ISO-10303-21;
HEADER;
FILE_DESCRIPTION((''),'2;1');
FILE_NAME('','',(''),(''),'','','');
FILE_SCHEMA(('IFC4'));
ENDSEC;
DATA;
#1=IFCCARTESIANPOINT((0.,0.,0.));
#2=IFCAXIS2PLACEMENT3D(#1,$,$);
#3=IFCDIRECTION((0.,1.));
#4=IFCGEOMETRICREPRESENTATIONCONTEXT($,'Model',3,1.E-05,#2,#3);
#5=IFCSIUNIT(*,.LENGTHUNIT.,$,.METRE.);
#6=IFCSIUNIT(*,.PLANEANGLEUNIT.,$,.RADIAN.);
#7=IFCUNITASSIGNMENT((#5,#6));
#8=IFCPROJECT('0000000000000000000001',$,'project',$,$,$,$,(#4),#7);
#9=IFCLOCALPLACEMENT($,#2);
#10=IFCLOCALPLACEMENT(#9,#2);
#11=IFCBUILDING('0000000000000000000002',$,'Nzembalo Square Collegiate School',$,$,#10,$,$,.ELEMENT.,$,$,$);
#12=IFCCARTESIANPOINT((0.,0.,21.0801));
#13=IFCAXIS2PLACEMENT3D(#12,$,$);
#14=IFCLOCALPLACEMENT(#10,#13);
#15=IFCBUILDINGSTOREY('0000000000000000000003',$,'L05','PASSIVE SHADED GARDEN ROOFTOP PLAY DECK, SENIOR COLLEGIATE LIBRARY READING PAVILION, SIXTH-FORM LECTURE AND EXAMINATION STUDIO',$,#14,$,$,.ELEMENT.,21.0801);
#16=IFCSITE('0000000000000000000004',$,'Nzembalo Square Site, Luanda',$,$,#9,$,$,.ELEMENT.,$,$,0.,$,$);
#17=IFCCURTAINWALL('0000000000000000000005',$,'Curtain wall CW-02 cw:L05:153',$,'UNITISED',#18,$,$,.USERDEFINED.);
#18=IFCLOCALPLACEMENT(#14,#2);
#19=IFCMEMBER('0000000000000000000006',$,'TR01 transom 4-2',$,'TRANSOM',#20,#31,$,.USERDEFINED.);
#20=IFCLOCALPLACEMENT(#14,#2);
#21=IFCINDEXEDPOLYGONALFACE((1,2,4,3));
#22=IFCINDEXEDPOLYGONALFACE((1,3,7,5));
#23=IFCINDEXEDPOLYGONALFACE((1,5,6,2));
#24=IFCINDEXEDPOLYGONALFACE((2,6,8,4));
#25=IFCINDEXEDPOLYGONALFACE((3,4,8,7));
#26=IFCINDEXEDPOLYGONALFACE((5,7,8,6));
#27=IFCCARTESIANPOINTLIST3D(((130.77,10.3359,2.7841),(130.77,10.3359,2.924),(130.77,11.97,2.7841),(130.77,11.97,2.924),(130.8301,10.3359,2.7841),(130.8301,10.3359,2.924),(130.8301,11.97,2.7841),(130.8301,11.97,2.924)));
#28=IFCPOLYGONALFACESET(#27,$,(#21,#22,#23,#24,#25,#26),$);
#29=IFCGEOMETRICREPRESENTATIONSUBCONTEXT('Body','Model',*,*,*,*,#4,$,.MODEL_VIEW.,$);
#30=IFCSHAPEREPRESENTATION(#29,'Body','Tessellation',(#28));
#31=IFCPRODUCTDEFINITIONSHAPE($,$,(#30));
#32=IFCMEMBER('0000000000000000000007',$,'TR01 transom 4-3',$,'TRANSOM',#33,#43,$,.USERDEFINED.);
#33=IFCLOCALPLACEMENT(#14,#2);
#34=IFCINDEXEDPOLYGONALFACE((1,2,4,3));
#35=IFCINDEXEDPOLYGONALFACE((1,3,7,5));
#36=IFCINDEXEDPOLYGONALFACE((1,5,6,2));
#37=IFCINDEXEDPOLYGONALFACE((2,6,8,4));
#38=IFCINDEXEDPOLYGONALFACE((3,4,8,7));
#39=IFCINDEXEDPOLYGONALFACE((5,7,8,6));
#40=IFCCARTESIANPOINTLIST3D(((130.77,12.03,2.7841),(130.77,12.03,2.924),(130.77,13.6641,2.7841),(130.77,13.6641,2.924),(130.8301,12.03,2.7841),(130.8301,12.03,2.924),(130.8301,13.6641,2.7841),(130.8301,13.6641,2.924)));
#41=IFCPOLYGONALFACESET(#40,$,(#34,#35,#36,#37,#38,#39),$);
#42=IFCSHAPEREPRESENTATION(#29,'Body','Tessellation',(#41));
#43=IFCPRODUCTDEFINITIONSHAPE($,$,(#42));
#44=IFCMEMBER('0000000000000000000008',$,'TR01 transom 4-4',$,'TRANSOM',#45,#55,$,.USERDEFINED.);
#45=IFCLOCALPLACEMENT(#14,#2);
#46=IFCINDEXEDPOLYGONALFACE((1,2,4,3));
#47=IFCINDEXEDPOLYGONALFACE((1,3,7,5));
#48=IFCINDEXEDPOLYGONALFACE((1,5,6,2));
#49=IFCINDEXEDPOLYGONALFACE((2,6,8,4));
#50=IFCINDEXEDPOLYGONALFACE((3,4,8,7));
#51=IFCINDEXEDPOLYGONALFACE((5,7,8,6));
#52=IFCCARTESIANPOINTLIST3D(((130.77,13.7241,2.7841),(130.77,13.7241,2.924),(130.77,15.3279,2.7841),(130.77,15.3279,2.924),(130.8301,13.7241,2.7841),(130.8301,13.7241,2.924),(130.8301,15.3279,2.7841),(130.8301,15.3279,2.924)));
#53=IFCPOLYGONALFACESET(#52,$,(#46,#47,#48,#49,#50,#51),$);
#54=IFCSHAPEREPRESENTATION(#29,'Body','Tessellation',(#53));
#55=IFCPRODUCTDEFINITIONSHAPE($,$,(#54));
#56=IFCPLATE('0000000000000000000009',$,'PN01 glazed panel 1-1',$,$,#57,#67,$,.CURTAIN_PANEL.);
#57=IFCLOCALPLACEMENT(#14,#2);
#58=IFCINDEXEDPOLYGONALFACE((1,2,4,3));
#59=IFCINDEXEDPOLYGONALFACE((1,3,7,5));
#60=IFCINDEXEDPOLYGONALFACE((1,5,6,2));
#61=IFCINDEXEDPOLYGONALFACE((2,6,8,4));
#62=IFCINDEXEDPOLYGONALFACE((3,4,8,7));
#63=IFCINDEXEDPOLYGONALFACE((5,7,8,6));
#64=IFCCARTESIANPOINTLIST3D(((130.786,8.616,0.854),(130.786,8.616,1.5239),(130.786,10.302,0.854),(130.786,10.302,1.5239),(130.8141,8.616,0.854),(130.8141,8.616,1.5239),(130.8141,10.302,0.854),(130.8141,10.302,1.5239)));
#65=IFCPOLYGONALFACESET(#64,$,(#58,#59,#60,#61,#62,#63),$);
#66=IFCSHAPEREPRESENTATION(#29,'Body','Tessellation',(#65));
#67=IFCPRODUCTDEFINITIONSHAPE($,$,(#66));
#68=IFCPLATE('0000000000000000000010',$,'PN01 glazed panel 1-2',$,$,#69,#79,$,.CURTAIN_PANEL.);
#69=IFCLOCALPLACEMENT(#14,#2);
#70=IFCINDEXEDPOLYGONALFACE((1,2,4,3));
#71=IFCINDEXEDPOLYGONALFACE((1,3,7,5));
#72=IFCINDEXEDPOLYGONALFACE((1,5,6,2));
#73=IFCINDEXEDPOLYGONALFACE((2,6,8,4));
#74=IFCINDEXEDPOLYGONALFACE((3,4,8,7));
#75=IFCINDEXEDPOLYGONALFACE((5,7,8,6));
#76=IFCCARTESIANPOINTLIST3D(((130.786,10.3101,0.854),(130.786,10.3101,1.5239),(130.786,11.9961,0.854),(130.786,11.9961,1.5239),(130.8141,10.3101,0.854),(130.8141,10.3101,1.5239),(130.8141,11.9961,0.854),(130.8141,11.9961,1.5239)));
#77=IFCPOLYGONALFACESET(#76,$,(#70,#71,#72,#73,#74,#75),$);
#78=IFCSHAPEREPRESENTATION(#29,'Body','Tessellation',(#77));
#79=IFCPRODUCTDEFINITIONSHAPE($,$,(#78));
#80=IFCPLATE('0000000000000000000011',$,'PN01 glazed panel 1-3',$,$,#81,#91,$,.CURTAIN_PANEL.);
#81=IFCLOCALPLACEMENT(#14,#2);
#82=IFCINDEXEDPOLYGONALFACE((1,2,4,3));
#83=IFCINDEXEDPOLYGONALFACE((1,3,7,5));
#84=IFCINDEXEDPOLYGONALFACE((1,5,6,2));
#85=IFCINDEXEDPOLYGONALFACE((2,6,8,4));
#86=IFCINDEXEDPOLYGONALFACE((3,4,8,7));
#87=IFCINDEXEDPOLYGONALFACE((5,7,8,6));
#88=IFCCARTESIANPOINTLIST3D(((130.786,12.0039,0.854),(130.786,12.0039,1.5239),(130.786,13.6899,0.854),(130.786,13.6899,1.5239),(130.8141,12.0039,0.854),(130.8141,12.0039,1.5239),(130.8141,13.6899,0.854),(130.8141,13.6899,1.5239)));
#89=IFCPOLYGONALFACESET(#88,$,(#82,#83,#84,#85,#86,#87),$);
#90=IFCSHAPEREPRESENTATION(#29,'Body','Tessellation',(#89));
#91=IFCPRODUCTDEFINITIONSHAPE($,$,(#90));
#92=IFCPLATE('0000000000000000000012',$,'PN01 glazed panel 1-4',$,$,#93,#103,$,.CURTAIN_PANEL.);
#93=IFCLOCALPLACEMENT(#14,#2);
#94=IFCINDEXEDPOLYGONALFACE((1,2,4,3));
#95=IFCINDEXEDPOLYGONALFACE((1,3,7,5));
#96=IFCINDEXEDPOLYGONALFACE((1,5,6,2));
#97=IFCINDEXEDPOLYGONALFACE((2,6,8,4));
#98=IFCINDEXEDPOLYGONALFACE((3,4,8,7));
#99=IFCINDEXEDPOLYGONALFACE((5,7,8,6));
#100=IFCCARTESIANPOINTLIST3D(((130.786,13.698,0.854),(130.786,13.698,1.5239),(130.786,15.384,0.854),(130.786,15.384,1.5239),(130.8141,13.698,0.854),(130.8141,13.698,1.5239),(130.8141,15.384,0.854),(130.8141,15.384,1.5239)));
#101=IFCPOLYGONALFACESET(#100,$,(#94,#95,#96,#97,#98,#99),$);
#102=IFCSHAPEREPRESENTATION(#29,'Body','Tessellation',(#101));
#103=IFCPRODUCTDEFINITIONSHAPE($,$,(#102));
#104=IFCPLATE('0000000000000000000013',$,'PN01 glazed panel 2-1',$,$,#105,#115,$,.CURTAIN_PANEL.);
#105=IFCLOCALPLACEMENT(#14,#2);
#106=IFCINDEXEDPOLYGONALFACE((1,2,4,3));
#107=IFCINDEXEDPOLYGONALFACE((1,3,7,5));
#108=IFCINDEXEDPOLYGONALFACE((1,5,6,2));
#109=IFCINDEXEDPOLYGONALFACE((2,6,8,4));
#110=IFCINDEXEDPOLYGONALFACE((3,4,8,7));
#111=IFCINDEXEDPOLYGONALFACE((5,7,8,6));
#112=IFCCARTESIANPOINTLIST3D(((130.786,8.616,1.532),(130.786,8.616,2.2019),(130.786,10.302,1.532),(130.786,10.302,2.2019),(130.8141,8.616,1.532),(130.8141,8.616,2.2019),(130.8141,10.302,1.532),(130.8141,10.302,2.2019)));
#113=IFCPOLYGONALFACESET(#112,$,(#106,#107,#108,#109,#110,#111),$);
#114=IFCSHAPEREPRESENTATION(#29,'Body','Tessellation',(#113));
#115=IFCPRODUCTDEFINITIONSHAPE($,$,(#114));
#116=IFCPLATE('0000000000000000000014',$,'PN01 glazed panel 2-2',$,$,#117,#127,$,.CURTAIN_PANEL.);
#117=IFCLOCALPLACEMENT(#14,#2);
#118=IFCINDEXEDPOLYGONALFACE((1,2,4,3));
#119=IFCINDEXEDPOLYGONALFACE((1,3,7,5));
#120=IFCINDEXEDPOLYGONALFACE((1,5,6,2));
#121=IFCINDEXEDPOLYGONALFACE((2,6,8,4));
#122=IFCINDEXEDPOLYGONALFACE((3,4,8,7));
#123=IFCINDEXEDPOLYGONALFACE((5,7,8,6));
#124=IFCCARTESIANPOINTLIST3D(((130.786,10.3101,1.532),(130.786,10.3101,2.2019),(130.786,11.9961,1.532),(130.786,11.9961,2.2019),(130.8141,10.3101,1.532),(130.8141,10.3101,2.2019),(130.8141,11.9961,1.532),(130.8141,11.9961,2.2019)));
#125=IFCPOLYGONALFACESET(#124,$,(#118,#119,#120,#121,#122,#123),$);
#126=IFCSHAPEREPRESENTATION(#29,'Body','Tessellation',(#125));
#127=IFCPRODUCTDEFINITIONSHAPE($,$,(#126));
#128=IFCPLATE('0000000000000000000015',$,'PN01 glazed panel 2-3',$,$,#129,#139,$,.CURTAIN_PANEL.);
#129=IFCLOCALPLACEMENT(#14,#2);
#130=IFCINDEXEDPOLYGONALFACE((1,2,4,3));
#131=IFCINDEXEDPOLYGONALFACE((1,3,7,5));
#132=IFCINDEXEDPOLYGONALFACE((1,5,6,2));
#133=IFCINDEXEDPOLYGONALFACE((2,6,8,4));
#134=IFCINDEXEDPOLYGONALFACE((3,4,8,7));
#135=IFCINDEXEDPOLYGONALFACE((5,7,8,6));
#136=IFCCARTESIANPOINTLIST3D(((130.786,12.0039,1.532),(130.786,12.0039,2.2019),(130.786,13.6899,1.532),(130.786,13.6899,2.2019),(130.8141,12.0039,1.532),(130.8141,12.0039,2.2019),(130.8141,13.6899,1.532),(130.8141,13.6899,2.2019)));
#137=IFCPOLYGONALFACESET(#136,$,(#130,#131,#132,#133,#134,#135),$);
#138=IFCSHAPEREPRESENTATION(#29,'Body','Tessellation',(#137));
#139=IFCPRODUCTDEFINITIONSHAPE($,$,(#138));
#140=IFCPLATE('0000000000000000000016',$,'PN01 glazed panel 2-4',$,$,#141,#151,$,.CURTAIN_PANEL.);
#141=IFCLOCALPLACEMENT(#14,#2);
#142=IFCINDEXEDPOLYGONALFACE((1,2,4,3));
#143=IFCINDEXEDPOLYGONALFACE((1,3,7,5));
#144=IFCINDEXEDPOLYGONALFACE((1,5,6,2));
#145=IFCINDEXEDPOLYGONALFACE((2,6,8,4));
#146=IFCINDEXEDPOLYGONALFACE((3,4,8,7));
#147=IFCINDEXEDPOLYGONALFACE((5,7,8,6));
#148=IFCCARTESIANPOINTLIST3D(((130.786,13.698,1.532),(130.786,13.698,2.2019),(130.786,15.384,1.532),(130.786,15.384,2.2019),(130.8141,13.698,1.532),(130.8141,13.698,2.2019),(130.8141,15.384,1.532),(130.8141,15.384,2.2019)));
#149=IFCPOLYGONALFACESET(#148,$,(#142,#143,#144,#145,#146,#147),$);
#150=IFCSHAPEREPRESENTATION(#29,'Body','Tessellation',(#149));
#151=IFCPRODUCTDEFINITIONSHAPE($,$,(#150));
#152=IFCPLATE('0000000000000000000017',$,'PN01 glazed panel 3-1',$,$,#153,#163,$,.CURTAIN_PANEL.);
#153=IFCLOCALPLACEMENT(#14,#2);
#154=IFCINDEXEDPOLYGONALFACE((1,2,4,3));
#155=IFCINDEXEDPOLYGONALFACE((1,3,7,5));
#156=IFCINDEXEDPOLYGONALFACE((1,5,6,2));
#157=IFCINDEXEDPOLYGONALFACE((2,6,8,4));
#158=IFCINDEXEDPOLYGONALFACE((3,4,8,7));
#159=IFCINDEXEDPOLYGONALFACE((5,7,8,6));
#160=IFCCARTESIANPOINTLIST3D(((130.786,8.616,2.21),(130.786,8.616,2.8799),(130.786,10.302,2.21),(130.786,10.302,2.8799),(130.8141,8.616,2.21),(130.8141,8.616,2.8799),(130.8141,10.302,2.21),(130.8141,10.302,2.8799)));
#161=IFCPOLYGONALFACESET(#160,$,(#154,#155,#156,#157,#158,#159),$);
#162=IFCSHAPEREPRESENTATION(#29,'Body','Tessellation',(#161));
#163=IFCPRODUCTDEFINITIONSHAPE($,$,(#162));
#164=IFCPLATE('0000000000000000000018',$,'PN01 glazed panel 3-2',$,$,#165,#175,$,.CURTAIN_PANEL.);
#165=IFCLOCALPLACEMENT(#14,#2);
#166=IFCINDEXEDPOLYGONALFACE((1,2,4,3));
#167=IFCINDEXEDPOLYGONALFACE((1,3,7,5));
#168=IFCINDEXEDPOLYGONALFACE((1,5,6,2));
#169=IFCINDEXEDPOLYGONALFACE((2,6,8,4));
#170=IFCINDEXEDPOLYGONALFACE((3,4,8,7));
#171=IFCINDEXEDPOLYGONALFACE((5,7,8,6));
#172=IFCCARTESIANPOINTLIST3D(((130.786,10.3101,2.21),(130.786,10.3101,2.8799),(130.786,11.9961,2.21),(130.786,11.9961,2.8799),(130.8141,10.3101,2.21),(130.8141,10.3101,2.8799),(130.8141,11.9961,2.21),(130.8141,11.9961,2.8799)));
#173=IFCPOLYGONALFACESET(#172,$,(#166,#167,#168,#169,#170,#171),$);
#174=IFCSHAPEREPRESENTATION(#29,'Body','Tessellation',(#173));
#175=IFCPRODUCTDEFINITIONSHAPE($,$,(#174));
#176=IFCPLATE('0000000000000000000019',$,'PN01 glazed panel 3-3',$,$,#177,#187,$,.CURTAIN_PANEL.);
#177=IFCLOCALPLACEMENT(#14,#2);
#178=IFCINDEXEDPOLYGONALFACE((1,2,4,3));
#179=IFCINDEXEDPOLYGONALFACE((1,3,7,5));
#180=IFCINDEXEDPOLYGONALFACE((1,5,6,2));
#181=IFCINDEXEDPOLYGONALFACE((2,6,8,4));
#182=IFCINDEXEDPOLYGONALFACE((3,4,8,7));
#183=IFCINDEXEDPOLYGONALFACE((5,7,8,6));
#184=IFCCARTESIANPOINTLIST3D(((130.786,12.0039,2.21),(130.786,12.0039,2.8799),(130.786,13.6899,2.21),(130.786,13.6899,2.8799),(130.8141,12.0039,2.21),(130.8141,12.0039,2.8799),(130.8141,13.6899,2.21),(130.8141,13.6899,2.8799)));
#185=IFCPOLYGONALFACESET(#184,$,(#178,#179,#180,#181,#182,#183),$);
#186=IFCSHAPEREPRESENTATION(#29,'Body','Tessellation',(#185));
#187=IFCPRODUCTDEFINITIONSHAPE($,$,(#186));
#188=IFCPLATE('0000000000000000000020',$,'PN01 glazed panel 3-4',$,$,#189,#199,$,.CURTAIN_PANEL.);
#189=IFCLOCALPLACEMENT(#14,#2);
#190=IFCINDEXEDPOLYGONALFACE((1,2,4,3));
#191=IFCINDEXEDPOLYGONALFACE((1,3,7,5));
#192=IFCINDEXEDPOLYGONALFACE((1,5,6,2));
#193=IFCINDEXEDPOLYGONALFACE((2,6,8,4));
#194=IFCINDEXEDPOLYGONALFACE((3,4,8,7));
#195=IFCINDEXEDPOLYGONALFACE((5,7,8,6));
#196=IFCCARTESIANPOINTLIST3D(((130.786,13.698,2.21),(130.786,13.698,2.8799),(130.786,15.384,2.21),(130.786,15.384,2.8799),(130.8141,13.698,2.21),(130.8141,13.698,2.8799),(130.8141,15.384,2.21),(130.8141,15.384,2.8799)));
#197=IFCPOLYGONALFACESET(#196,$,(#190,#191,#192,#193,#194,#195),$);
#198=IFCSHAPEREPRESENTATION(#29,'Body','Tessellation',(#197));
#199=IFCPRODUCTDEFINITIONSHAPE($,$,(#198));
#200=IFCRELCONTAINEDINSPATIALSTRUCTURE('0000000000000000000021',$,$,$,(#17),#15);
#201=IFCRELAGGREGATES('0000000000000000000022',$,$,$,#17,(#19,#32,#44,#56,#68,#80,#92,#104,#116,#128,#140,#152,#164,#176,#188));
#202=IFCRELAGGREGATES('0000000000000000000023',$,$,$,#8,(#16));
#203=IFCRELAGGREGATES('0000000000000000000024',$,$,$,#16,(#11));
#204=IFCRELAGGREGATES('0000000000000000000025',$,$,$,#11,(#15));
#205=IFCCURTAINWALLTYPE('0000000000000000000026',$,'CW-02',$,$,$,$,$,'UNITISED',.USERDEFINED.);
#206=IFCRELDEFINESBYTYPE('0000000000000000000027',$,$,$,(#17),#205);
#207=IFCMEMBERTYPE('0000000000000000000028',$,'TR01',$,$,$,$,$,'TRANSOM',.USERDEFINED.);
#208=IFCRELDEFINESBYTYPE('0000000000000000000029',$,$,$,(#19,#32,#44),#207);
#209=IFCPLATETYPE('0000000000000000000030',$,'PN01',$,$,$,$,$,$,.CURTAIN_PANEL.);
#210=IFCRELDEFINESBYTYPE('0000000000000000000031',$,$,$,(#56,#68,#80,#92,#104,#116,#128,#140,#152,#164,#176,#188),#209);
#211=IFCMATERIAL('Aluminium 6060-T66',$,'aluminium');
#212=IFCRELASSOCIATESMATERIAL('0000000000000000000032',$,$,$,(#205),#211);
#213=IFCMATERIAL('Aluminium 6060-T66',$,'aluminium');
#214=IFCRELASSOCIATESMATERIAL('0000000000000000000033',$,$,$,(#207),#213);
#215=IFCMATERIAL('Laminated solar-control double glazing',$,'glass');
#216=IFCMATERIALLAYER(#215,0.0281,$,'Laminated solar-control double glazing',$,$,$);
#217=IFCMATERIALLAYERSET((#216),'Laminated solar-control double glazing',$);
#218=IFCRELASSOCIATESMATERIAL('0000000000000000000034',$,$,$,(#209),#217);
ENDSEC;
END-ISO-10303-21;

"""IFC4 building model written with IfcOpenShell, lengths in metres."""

from ifc_helpers import new_model, si_unit, direction, frame, origin, origin_2d, place, context, subcontext, project, spatial, rectangle, extrude, material, layer, layer_set, material_profile, profile_set, type_object, element, aggregate, save


model = new_model("IFC4")

# Units and contexts
model_context = context("Model", 3, precision=1e-05, world=origin(), true_north=direction((0.0, 1.0)))
body_context = subcontext(model_context, "Body", "Model", "MODEL_VIEW")
ifc_project = project(units=[si_unit("LENGTHUNIT", "METRE"), si_unit("PLANEANGLEUNIT", "RADIAN")], contexts=[model_context])

# Site, building, storey
site_placement = place(None, origin())
site = spatial("IfcSite", under=ifc_project, at=site_placement, Name="Nzembalo Square Site, Luanda", CompositionType="ELEMENT", RefElevation=0.0)
building_placement = place(site_placement, origin())
building = spatial("IfcBuilding", under=site, at=building_placement, Name="Nzembalo Square Collegiate School", CompositionType="ELEMENT")
storey_placement = place(building_placement, frame((0.0, 0.0, 21.0801)))
storey = spatial("IfcBuildingStorey", under=building, at=storey_placement, Name="L05", Description="PASSIVE SHADED GARDEN ROOFTOP PLAY DECK, SENIOR COLLEGIATE LIBRARY READING PAVILION, SIXTH-FORM LECTURE AND EXAMINATION STUDIO", CompositionType="ELEMENT", Elevation=21.0801)

# Curtain wall, members, plates
ifc_material_1 = material(Name="Aluminium 6060-T66", Category="aluminium")
curtain_wall_type = type_object("IfcCurtainWallType", Name="CW-02", ElementType="UNITISED", PredefinedType="USERDEFINED", material=ifc_material_1)
curtain_wall_placement = place(storey_placement, origin())
curtain_wall = element("IfcCurtainWall", 1, at=curtain_wall_placement, inside=storey, type_object=curtain_wall_type, Name="Curtain wall CW-02 cw:L05:153", ObjectType="UNITISED", PredefinedType="USERDEFINED")
ifc_material_2 = material(Name="Aluminium 6060-T66", Category="aluminium")
ifc_material_profile_1 = material_profile(ifc_material_2, rectangle(XDim=0.0601, YDim=0.1399, at=origin_2d()), Name="ALU T60x140")
ifc_profile_set_1 = profile_set([ifc_material_profile_1], Name="Aluminium 6060-T66")
member_type_1 = type_object("IfcMemberType", Name="TR01", ElementType="TRANSOM", PredefinedType="USERDEFINED", material=ifc_profile_set_1)
member_1_placement = place(storey_placement, frame((130.8, 10.3359, 2.854), z_axis=(0.0, 1.0, 0.0), x_axis=(-1.0, 0.0, 0.0)))
member_1 = element("IfcMember", 2, at=member_1_placement, type_object=member_type_1, Name="TR01 transom 4-2", ObjectType="TRANSOM", PredefinedType="USERDEFINED", context=body_context, shape_type="SweptSolid", body=[
    extrude(rectangle(XDim=0.0601, YDim=0.1399, at=origin_2d()), origin(), (0.0, 0.0, 1.0), 1.634),
])
member_2_placement = place(storey_placement, frame((130.8, 12.03, 2.854), z_axis=(0.0, 1.0, 0.0), x_axis=(-1.0, 0.0, 0.0)))
member_2 = element("IfcMember", 3, at=member_2_placement, type_object=member_type_1, Name="TR01 transom 4-3", ObjectType="TRANSOM", PredefinedType="USERDEFINED", context=body_context, shape_type="SweptSolid", body=[
    extrude(rectangle(XDim=0.0601, YDim=0.1399, at=origin_2d()), origin(), (0.0, 0.0, 1.0), 1.634),
])
member_3_placement = place(storey_placement, frame((130.8, 13.7241, 2.854), z_axis=(0.0, 1.0, 0.0), x_axis=(-1.0, 0.0, 0.0)))
member_3 = element("IfcMember", 4, at=member_3_placement, type_object=member_type_1, Name="TR01 transom 4-4", ObjectType="TRANSOM", PredefinedType="USERDEFINED", context=body_context, shape_type="SweptSolid", body=[
    extrude(rectangle(XDim=0.0601, YDim=0.1399, at=origin_2d()), origin(), (0.0, 0.0, 1.0), 1.6038),
])
ifc_material_3 = material(Name="Laminated solar-control double glazing", Category="glass")
ifc_layer_1 = layer(ifc_material_3, 0.0281, Name="Laminated solar-control double glazing")
ifc_layer_set_1 = layer_set([ifc_layer_1], Name="Laminated solar-control double glazing")
plate_type = type_object("IfcPlateType", Name="PN01", PredefinedType="CURTAIN_PANEL", material=ifc_layer_set_1)
plate_1_placement = place(storey_placement, frame((130.8, 9.459, 0.854), z_axis=(0.0, 0.0, 1.0), x_axis=(0.0, 1.0, 0.0)))
plate_1 = element("IfcPlate", 5, at=plate_1_placement, type_object=plate_type, Name="PN01 glazed panel 1-1", PredefinedType="CURTAIN_PANEL", context=body_context, shape_type="SweptSolid", body=[
    extrude(rectangle(XDim=1.686, YDim=0.0281, at=origin_2d()), origin(), (0.0, 0.0, 1.0), 0.6699),
])
plate_2_placement = place(storey_placement, frame((130.8, 11.1531, 0.854), z_axis=(0.0, 0.0, 1.0), x_axis=(0.0, 1.0, 0.0)))
plate_2 = element("IfcPlate", 6, at=plate_2_placement, type_object=plate_type, Name="PN01 glazed panel 1-2", PredefinedType="CURTAIN_PANEL", context=body_context, shape_type="SweptSolid", body=[
    extrude(rectangle(XDim=1.686, YDim=0.0281, at=origin_2d()), origin(), (0.0, 0.0, 1.0), 0.6699),
])
plate_3_placement = place(storey_placement, frame((130.8, 12.8469, 0.854), z_axis=(0.0, 0.0, 1.0), x_axis=(0.0, 1.0, 0.0)))
plate_3 = element("IfcPlate", 7, at=plate_3_placement, type_object=plate_type, Name="PN01 glazed panel 1-3", PredefinedType="CURTAIN_PANEL", context=body_context, shape_type="SweptSolid", body=[
    extrude(rectangle(XDim=1.686, YDim=0.0281, at=origin_2d()), origin(), (0.0, 0.0, 1.0), 0.6699),
])
plate_4_placement = place(storey_placement, frame((130.8, 14.541, 0.854), z_axis=(0.0, 0.0, 1.0), x_axis=(0.0, 1.0, 0.0)))
plate_4 = element("IfcPlate", 8, at=plate_4_placement, type_object=plate_type, Name="PN01 glazed panel 1-4", PredefinedType="CURTAIN_PANEL", context=body_context, shape_type="SweptSolid", body=[
    extrude(rectangle(XDim=1.686, YDim=0.0281, at=origin_2d()), origin(), (0.0, 0.0, 1.0), 0.6699),
])
plate_5_placement = place(storey_placement, frame((130.8, 9.459, 1.532), z_axis=(0.0, 0.0, 1.0), x_axis=(0.0, 1.0, 0.0)))
plate_5 = element("IfcPlate", 9, at=plate_5_placement, type_object=plate_type, Name="PN01 glazed panel 2-1", PredefinedType="CURTAIN_PANEL", context=body_context, shape_type="SweptSolid", body=[
    extrude(rectangle(XDim=1.686, YDim=0.0281, at=origin_2d()), origin(), (0.0, 0.0, 1.0), 0.6699),
])
plate_6_placement = place(storey_placement, frame((130.8, 11.1531, 1.532), z_axis=(0.0, 0.0, 1.0), x_axis=(0.0, 1.0, 0.0)))
plate_6 = element("IfcPlate", 10, at=plate_6_placement, type_object=plate_type, Name="PN01 glazed panel 2-2", PredefinedType="CURTAIN_PANEL", context=body_context, shape_type="SweptSolid", body=[
    extrude(rectangle(XDim=1.686, YDim=0.0281, at=origin_2d()), origin(), (0.0, 0.0, 1.0), 0.6699),
])
plate_7_placement = place(storey_placement, frame((130.8, 12.8469, 1.532), z_axis=(0.0, 0.0, 1.0), x_axis=(0.0, 1.0, 0.0)))
plate_7 = element("IfcPlate", 11, at=plate_7_placement, type_object=plate_type, Name="PN01 glazed panel 2-3", PredefinedType="CURTAIN_PANEL", context=body_context, shape_type="SweptSolid", body=[
    extrude(rectangle(XDim=1.686, YDim=0.0281, at=origin_2d()), origin(), (0.0, 0.0, 1.0), 0.6699),
])
plate_8_placement = place(storey_placement, frame((130.8, 14.541, 1.532), z_axis=(0.0, 0.0, 1.0), x_axis=(0.0, 1.0, 0.0)))
plate_8 = element("IfcPlate", 12, at=plate_8_placement, type_object=plate_type, Name="PN01 glazed panel 2-4", PredefinedType="CURTAIN_PANEL", context=body_context, shape_type="SweptSolid", body=[
    extrude(rectangle(XDim=1.686, YDim=0.0281, at=origin_2d()), origin(), (0.0, 0.0, 1.0), 0.6699),
])
plate_9_placement = place(storey_placement, frame((130.8, 9.459, 2.21), z_axis=(0.0, 0.0, 1.0), x_axis=(0.0, 1.0, 0.0)))
plate_9 = element("IfcPlate", 13, at=plate_9_placement, type_object=plate_type, Name="PN01 glazed panel 3-1", PredefinedType="CURTAIN_PANEL", context=body_context, shape_type="SweptSolid", body=[
    extrude(rectangle(XDim=1.686, YDim=0.0281, at=origin_2d()), origin(), (0.0, 0.0, 1.0), 0.6699),
])
plate_10_placement = place(storey_placement, frame((130.8, 11.1531, 2.21), z_axis=(0.0, 0.0, 1.0), x_axis=(0.0, 1.0, 0.0)))
plate_10 = element("IfcPlate", 14, at=plate_10_placement, type_object=plate_type, Name="PN01 glazed panel 3-2", PredefinedType="CURTAIN_PANEL", context=body_context, shape_type="SweptSolid", body=[
    extrude(rectangle(XDim=1.686, YDim=0.0281, at=origin_2d()), origin(), (0.0, 0.0, 1.0), 0.6699),
])
plate_11_placement = place(storey_placement, frame((130.8, 12.8469, 2.21), z_axis=(0.0, 0.0, 1.0), x_axis=(0.0, 1.0, 0.0)))
plate_11 = element("IfcPlate", 15, at=plate_11_placement, type_object=plate_type, Name="PN01 glazed panel 3-3", PredefinedType="CURTAIN_PANEL", context=body_context, shape_type="SweptSolid", body=[
    extrude(rectangle(XDim=1.686, YDim=0.0281, at=origin_2d()), origin(), (0.0, 0.0, 1.0), 0.6699),
])
plate_12_placement = place(storey_placement, frame((130.8, 14.541, 2.21), z_axis=(0.0, 0.0, 1.0), x_axis=(0.0, 1.0, 0.0)))
plate_12 = element("IfcPlate", 16, at=plate_12_placement, type_object=plate_type, Name="PN01 glazed panel 3-4", PredefinedType="CURTAIN_PANEL", context=body_context, shape_type="SweptSolid", body=[
    extrude(rectangle(XDim=1.686, YDim=0.0281, at=origin_2d()), origin(), (0.0, 0.0, 1.0), 0.6699),
])
aggregate(curtain_wall, [member_1, member_2, member_3, plate_1, plate_2, plate_3, plate_4, plate_5, plate_6, plate_7, plate_8, plate_9, plate_10, plate_11, plate_12])

save(model, "model.ifc")
